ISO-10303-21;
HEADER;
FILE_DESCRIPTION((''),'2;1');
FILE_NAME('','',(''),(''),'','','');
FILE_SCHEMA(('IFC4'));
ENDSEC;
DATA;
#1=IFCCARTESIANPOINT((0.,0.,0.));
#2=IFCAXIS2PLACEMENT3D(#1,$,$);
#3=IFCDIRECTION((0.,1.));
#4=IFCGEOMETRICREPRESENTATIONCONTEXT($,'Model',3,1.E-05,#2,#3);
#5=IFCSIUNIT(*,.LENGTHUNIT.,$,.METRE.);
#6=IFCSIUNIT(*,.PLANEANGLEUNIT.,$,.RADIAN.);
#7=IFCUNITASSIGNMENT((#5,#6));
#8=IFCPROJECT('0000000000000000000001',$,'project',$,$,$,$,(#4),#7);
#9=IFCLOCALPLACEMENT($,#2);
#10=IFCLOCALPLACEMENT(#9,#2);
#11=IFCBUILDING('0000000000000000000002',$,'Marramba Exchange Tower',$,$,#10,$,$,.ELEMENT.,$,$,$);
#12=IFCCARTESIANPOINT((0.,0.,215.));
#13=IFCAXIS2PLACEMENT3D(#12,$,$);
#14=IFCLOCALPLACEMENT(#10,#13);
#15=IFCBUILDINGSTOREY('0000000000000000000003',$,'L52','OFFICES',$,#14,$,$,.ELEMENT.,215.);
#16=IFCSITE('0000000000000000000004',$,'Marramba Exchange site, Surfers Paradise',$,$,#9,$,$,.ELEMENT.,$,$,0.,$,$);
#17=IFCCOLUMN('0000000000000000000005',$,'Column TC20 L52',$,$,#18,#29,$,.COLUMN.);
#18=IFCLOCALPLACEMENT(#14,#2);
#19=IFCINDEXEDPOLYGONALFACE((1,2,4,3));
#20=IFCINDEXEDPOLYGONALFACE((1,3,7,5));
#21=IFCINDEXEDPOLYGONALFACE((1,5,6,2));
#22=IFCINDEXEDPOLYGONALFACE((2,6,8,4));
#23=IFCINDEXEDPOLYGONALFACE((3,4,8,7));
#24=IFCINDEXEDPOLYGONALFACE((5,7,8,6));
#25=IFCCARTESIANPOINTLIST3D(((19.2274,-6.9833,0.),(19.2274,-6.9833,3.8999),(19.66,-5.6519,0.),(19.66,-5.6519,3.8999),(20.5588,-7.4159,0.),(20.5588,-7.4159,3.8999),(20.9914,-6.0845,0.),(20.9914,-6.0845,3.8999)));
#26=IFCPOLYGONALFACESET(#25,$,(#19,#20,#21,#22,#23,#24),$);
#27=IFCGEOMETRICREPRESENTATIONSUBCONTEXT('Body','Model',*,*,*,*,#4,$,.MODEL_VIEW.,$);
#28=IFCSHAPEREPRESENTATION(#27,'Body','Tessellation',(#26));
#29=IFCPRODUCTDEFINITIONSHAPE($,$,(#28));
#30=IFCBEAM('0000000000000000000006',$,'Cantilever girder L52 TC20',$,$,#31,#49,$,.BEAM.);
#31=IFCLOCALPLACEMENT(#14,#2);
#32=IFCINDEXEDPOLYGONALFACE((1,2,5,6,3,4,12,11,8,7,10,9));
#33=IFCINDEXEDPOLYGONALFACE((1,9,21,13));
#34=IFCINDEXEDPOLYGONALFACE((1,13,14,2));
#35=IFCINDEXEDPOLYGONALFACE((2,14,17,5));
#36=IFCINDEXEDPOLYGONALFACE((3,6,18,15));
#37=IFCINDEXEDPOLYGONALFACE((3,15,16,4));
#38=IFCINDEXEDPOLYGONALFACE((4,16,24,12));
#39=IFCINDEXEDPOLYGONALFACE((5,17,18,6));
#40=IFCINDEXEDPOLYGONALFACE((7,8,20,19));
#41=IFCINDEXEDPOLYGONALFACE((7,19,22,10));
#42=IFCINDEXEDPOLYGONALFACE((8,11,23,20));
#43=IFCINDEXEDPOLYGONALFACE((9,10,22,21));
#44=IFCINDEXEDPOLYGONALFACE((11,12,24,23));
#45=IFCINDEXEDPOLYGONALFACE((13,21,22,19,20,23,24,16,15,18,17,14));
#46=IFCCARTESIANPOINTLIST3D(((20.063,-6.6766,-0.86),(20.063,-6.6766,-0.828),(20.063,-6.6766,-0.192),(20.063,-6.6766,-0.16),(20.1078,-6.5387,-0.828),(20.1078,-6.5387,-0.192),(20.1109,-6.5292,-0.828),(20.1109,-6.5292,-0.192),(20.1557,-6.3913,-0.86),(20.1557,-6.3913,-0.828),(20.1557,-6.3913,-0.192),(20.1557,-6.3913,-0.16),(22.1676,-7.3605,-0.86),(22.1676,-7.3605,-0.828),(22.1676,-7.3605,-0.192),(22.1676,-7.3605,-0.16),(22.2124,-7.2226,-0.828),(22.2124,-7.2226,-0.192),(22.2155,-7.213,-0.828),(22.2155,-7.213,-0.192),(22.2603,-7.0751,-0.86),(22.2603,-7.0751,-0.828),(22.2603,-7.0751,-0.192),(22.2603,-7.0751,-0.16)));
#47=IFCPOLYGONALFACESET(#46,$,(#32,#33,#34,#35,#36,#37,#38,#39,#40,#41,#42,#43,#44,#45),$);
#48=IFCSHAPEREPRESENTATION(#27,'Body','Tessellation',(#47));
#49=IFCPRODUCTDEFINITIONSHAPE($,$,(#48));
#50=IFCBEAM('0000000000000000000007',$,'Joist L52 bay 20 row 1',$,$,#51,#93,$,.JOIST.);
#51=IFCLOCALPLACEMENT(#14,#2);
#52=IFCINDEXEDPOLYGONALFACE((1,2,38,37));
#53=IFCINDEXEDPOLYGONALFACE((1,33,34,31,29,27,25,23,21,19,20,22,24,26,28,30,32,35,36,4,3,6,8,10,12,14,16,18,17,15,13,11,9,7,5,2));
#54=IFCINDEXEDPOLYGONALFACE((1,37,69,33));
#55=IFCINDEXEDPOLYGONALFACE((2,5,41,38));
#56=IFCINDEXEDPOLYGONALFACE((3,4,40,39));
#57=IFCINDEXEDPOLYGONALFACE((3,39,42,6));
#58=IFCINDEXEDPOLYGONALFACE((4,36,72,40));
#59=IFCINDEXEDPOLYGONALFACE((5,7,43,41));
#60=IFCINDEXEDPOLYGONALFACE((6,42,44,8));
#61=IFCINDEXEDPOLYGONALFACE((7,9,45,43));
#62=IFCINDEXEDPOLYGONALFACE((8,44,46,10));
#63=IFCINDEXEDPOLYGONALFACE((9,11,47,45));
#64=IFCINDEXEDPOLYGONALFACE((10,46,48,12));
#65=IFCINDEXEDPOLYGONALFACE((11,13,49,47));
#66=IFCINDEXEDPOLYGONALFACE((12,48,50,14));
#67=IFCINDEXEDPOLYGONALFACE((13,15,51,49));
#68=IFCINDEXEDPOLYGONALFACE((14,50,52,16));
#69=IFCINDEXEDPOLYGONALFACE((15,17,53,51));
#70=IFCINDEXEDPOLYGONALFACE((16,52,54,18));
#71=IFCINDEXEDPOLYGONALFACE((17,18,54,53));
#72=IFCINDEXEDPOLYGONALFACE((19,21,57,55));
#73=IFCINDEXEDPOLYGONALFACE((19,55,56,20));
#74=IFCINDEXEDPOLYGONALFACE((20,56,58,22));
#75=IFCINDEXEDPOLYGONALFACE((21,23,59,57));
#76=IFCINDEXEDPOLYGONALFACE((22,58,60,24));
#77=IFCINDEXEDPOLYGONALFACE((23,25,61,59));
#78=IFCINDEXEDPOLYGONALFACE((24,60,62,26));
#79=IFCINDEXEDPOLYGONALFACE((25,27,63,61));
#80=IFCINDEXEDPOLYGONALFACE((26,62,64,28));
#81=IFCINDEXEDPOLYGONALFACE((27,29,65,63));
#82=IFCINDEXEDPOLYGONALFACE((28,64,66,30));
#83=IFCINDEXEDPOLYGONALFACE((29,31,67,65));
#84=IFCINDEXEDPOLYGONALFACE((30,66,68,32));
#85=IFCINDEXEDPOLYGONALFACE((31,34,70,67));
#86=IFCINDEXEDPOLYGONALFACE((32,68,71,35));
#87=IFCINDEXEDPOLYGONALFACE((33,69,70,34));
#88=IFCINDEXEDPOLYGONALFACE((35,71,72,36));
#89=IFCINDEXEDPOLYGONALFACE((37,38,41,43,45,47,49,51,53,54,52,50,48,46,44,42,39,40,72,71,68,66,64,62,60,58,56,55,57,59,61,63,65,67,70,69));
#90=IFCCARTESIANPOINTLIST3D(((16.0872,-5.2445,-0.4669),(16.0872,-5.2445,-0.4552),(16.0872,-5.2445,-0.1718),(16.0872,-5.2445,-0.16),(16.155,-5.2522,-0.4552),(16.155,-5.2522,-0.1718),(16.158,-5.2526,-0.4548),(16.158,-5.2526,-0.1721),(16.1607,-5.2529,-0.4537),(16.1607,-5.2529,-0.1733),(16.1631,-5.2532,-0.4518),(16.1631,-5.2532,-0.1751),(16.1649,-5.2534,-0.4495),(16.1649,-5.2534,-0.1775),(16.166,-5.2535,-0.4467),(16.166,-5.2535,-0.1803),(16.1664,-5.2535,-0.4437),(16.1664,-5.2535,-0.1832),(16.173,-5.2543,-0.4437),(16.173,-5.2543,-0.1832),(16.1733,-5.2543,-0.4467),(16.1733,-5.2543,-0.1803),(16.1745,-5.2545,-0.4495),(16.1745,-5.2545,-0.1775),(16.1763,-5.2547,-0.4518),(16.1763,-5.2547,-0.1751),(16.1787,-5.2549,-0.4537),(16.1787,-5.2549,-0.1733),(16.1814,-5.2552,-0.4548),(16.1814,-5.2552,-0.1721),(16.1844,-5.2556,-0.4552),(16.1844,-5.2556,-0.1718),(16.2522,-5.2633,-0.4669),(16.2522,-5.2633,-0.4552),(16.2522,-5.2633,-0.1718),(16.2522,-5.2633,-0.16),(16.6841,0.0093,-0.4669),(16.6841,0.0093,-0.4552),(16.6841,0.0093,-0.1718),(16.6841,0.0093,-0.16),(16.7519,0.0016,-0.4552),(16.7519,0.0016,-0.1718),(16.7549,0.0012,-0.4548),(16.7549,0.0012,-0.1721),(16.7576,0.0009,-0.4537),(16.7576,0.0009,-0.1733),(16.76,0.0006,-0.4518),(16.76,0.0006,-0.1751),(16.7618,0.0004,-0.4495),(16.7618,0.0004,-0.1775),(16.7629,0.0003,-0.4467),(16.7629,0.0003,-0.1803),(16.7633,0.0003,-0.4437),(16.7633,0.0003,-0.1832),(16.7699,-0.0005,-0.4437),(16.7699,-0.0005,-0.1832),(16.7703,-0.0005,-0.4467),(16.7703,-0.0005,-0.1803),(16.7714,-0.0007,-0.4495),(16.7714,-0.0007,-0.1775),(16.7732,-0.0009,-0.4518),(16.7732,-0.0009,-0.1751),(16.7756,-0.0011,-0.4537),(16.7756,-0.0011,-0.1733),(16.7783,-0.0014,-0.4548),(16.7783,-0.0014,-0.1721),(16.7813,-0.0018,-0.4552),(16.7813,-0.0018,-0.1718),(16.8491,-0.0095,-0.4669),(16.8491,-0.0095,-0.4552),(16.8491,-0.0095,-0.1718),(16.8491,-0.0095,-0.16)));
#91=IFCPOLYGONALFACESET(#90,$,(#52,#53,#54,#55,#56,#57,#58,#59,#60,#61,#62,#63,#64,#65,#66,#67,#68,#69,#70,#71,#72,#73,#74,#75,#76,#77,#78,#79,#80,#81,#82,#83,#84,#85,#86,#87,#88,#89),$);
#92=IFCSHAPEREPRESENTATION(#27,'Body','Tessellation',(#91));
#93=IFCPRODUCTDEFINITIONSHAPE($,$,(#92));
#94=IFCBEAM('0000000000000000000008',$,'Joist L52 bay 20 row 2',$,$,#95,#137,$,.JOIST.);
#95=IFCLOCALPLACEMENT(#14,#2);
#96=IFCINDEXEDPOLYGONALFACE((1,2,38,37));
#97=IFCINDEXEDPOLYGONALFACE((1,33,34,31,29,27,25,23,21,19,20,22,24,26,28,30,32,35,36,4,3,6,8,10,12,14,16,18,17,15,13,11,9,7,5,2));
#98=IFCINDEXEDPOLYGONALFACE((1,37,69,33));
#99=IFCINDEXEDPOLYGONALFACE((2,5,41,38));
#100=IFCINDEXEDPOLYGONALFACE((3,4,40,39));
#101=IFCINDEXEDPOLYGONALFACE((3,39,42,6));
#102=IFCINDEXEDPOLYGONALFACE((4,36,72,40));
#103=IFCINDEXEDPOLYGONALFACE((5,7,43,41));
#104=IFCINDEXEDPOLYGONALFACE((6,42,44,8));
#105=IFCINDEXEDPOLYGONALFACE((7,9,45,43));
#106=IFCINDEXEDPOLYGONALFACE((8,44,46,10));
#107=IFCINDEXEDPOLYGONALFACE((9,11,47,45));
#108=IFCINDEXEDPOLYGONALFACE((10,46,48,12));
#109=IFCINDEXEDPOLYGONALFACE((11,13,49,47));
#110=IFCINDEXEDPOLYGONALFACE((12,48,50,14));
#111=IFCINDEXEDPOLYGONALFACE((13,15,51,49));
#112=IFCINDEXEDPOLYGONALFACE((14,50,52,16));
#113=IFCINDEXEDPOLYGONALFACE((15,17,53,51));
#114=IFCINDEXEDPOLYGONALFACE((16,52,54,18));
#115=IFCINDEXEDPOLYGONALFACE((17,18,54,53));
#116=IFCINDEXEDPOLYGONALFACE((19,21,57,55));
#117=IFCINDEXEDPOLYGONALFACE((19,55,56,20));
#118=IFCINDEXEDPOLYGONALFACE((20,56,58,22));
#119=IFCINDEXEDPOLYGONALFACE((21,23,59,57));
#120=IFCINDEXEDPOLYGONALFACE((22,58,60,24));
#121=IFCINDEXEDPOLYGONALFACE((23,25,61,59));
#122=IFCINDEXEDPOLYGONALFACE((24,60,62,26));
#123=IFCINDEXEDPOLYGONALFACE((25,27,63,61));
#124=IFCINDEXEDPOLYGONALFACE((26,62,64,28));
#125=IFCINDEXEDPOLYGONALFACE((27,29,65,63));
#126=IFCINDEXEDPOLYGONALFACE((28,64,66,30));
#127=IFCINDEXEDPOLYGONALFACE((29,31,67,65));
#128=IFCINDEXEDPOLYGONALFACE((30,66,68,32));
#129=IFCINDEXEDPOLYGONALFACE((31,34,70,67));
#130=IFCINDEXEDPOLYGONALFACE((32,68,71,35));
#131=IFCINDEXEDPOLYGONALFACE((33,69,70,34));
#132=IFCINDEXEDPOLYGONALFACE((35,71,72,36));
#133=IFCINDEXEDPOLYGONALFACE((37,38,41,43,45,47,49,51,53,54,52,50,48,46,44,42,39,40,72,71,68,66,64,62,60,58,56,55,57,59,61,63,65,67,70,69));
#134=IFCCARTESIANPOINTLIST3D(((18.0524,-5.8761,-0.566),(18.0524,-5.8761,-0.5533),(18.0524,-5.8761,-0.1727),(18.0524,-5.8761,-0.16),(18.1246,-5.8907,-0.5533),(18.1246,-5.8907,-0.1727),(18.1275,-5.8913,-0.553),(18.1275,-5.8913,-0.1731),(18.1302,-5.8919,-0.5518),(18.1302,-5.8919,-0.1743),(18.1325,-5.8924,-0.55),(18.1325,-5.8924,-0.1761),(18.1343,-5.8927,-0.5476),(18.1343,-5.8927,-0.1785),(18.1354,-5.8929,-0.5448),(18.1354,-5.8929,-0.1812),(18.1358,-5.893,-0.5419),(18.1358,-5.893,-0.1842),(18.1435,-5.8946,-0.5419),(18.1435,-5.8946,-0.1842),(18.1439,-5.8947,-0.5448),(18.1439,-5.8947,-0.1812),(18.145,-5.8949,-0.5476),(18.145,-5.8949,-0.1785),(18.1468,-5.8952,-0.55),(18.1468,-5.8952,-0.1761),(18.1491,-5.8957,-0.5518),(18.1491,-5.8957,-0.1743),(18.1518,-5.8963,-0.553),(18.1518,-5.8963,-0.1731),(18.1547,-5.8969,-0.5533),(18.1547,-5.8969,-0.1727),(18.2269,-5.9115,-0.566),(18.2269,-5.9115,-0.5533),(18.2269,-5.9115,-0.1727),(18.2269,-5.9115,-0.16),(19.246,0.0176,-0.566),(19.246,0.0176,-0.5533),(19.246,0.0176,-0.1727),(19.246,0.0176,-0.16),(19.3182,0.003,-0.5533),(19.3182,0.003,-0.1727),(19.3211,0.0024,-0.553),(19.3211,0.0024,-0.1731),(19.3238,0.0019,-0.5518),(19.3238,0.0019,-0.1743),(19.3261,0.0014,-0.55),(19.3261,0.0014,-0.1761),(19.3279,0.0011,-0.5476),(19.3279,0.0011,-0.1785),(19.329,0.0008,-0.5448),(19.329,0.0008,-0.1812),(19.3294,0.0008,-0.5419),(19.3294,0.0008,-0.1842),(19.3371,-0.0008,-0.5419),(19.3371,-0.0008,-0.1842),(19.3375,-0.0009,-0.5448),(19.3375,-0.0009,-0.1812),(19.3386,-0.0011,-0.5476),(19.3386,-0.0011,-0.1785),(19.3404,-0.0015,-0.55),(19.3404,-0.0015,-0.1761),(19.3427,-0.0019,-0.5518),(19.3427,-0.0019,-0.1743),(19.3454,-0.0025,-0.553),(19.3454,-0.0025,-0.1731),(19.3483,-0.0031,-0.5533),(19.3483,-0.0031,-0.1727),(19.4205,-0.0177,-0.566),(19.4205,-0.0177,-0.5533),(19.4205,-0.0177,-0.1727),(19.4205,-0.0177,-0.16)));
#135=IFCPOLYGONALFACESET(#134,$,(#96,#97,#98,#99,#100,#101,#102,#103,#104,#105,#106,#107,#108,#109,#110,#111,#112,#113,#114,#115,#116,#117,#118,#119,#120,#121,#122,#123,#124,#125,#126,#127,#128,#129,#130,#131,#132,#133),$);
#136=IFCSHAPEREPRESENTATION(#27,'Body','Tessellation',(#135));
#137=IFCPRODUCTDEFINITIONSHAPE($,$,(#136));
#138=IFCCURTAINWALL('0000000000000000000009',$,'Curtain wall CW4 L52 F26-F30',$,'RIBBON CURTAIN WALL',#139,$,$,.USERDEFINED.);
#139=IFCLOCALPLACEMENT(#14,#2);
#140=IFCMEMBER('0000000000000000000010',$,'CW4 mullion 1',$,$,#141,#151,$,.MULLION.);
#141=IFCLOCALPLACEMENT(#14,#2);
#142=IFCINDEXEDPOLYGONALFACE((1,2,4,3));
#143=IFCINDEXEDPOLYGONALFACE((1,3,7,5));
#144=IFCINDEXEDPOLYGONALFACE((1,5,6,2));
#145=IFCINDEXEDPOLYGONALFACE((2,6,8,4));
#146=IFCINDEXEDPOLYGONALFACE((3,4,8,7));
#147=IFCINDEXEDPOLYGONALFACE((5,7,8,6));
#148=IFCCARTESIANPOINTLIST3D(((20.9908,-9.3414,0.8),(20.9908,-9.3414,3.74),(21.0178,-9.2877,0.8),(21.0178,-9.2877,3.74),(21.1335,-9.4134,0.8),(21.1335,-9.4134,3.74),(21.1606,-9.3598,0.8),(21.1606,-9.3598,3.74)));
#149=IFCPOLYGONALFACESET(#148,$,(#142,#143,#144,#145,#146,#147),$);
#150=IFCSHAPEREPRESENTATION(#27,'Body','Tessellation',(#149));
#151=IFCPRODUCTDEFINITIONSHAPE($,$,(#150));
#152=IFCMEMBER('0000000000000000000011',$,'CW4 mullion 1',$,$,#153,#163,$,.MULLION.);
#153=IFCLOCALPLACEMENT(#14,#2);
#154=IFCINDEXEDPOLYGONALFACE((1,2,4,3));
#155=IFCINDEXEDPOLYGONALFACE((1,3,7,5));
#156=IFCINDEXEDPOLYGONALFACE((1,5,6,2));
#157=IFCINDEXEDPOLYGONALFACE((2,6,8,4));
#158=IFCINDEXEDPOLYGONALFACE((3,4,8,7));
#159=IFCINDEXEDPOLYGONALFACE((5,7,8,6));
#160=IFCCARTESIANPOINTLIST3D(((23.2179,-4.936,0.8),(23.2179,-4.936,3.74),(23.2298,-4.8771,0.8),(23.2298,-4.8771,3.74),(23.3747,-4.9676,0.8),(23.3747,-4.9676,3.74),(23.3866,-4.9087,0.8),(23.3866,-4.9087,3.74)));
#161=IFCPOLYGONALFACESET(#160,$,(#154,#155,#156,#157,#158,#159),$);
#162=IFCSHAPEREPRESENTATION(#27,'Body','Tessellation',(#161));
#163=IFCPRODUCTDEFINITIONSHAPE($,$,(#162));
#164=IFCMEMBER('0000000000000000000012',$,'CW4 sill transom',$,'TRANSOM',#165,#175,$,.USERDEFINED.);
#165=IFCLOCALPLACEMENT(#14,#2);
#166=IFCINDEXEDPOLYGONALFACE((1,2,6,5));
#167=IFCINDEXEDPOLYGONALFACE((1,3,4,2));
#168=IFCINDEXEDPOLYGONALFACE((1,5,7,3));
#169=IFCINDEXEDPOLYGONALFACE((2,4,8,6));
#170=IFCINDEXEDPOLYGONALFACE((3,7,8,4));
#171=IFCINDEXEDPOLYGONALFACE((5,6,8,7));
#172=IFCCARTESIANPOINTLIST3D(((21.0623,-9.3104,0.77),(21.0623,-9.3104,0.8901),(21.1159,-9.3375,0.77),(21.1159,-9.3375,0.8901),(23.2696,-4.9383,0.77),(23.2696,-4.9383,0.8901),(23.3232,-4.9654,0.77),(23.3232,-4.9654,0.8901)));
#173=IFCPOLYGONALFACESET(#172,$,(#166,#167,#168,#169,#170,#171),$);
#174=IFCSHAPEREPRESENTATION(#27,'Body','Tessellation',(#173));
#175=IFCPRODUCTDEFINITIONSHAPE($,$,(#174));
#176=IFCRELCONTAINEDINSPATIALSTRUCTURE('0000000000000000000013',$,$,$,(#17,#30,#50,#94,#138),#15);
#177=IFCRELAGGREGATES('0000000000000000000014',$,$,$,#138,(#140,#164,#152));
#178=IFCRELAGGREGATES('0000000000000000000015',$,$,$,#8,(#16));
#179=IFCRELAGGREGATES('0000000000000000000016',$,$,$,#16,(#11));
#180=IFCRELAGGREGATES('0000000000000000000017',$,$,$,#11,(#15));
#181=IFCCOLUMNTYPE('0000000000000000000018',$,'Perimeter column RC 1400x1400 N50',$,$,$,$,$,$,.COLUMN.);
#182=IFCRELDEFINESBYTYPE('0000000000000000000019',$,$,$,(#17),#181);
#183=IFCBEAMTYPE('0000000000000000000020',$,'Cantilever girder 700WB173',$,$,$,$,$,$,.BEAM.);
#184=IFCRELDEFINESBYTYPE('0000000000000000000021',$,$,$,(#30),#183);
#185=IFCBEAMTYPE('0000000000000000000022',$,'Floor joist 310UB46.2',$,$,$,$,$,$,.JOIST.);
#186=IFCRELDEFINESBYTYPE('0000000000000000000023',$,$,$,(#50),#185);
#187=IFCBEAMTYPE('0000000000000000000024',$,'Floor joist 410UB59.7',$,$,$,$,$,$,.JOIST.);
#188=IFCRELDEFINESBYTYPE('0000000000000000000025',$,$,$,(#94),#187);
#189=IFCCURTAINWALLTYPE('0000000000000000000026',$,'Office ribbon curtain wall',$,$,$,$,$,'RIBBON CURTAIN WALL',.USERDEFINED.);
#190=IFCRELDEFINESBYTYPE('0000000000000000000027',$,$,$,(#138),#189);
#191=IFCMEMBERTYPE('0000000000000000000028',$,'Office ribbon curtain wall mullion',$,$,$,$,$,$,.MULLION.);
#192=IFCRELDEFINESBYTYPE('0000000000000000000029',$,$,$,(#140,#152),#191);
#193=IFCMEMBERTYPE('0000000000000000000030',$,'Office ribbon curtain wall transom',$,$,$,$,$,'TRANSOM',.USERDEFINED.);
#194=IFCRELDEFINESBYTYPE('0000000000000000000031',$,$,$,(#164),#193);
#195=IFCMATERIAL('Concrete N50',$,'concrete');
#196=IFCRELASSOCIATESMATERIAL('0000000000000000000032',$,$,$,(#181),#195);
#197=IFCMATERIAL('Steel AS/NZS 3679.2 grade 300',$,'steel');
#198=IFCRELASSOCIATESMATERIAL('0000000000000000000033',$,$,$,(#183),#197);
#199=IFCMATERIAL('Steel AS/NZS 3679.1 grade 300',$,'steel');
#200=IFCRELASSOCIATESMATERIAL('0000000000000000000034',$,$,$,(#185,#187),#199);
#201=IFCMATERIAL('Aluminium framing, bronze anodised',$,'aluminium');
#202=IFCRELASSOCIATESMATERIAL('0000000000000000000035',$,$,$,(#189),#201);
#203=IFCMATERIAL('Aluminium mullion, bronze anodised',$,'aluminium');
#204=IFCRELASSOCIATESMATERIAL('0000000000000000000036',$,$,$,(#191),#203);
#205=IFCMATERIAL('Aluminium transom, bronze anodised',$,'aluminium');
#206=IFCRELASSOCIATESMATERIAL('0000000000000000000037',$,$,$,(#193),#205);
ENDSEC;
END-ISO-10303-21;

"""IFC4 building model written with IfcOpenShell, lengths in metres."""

from ifc_helpers import new_model, si_unit, direction, frame, origin, origin_2d, place, context, subcontext, project, spatial, rectangle, i_section, extrude, material, material_profile, profile_set, type_object, element, aggregate, save


model = new_model("IFC4")

# Units and contexts
model_context = context("Model", 3, precision=1e-05, world=origin(), true_north=direction((0.0, 1.0)))
body_context = subcontext(model_context, "Body", "Model", "MODEL_VIEW")
ifc_project = project(units=[si_unit("LENGTHUNIT", "METRE"), si_unit("PLANEANGLEUNIT", "RADIAN")], contexts=[model_context])

# Site, building, storey
site_placement = place(None, origin())
site = spatial("IfcSite", under=ifc_project, at=site_placement, Name="Marramba Exchange site, Surfers Paradise", CompositionType="ELEMENT", RefElevation=0.0)
building_placement = place(site_placement, origin())
building = spatial("IfcBuilding", under=site, at=building_placement, Name="Marramba Exchange Tower", CompositionType="ELEMENT")
storey_placement = place(building_placement, frame((0.0, 0.0, 215.0)))
storey = spatial("IfcBuildingStorey", under=building, at=storey_placement, Name="L52", Description="OFFICES", CompositionType="ELEMENT", Elevation=215.0)

# Column
ifc_material_1 = material(Name="Concrete N50", Category="concrete")
ifc_material_profile_1 = material_profile(ifc_material_1, rectangle(XDim=1.3999, YDim=1.3999, at=origin_2d()), Name="RC 1400x1400")
ifc_profile_set_1 = profile_set([ifc_material_profile_1], Name="Concrete N50")
column_type = type_object("IfcColumnType", Name="Perimeter column RC 1400x1400 N50", PredefinedType="COLUMN", material=ifc_profile_set_1)
column_placement = place(storey_placement, frame((20.1094, -6.5339, 0.0), z_axis=(0.0, 0.0, 1.0), x_axis=(0.951057, -0.309017, 0.0)))
element("IfcColumn", 1, at=column_placement, inside=storey, type_object=column_type, Name="Column TC20 L52", PredefinedType="COLUMN", context=body_context, shape_type="SweptSolid", body=[
    extrude(rectangle(XDim=1.3999, YDim=1.3999, at=origin_2d()), origin(), (0.0, 0.0, 1.0), 3.8999),
])

# Beams
ifc_material_2 = material(Name="Steel AS/NZS 3679.2 grade 300", Category="steel")
ifc_material_profile_2 = material_profile(ifc_material_2, i_section(OverallWidth=0.3, OverallDepth=0.7, WebThickness=0.01, FlangeThickness=0.032, at=origin_2d()), Name="700WB173")
ifc_profile_set_2 = profile_set([ifc_material_profile_2], Name="Steel AS/NZS 3679.2 grade 300")
beam_type_1 = type_object("IfcBeamType", Name="Cantilever girder 700WB173", PredefinedType="BEAM", material=ifc_profile_set_2)
beam_1_placement = place(storey_placement, frame((20.1094, -6.5339, -0.51), z_axis=(0.95105, -0.309036, 0.0), x_axis=(0.309036, 0.95105, 0.0)))
element("IfcBeam", 2, at=beam_1_placement, inside=storey, type_object=beam_type_1, Name="Cantilever girder L52 TC20", PredefinedType="BEAM", context=body_context, shape_type="SweptSolid", body=[
    extrude(i_section(OverallWidth=0.3, OverallDepth=0.7, WebThickness=0.01, FlangeThickness=0.032, at=origin_2d()), origin(), (0.0, 0.0, 1.0), 2.2129),
])
ifc_material_3 = material(Name="Steel AS/NZS 3679.1 grade 300", Category="steel")
ifc_material_profile_3 = material_profile(ifc_material_3, i_section(OverallWidth=0.166, OverallDepth=0.3069, WebThickness=0.0066, FlangeThickness=0.0117, FilletRadius=0.0115, at=origin_2d()), Name="310UB46.2")
ifc_profile_set_3 = profile_set([ifc_material_profile_3], Name="Steel AS/NZS 3679.1 grade 300")
beam_type_2 = type_object("IfcBeamType", Name="Floor joist 310UB46.2", PredefinedType="JOIST", material=ifc_profile_set_3)
beam_2_placement = place(storey_placement, frame((16.1697, -5.2539, -0.3135), z_axis=(0.112889, 0.993608, 0.0), x_axis=(-0.993608, 0.112889, 0.0)))
element("IfcBeam", 3, at=beam_2_placement, inside=storey, type_object=beam_type_2, Name="Joist L52 bay 20 row 1", PredefinedType="JOIST", context=body_context, shape_type="SweptSolid", body=[
    extrude(i_section(OverallWidth=0.166, OverallDepth=0.3069, WebThickness=0.0066, FlangeThickness=0.0117, FilletRadius=0.0115, at=origin_2d()), origin(), (0.0, 0.0, 1.0), 5.2876),
])
ifc_material_profile_4 = material_profile(ifc_material_3, i_section(OverallWidth=0.178, OverallDepth=0.406, WebThickness=0.0078, FlangeThickness=0.0127, FilletRadius=0.0115, at=origin_2d()), Name="410UB59.7")
ifc_profile_set_4 = profile_set([ifc_material_profile_4], Name="Steel AS/NZS 3679.1 grade 300")
beam_type_3 = type_object("IfcBeamType", Name="Floor joist 410UB59.7", PredefinedType="JOIST", material=ifc_profile_set_4)
beam_3_placement = place(storey_placement, frame((18.1396, -5.8938, -0.363), z_axis=(0.198489, 0.980103, 0.0), x_axis=(-0.980103, 0.198489, 0.0)))
element("IfcBeam", 4, at=beam_3_placement, inside=storey, type_object=beam_type_3, Name="Joist L52 bay 20 row 2", PredefinedType="JOIST", context=body_context, shape_type="SweptSolid", body=[
    extrude(i_section(OverallWidth=0.178, OverallDepth=0.406, WebThickness=0.0078, FlangeThickness=0.0127, FilletRadius=0.0115, at=origin_2d()), origin(), (0.0, 0.0, 1.0), 6.0134),
])

# Curtain wall, members
ifc_material_4 = material(Name="Aluminium framing, bronze anodised", Category="aluminium")
curtain_wall_type = type_object("IfcCurtainWallType", Name="Office ribbon curtain wall", ElementType="RIBBON CURTAIN WALL", PredefinedType="USERDEFINED", material=ifc_material_4)
curtain_wall_placement = place(storey_placement, origin())
curtain_wall = element("IfcCurtainWall", 5, at=curtain_wall_placement, inside=storey, type_object=curtain_wall_type, Name="Curtain wall CW4 L52 F26-F30", ObjectType="RIBBON CURTAIN WALL", PredefinedType="USERDEFINED")
ifc_material_5 = material(Name="Aluminium mullion, bronze anodised", Category="aluminium")
ifc_material_profile_5 = material_profile(ifc_material_5, rectangle(XDim=0.1599, YDim=0.0601, at=origin_2d()), Name="CW4 mullion 60x160")
ifc_profile_set_5 = profile_set([ifc_material_profile_5], Name="Aluminium mullion, bronze anodised")
member_type_1 = type_object("IfcMemberType", Name="Office ribbon curtain wall mullion", PredefinedType="MULLION", material=ifc_profile_set_5)
member_1_placement = place(storey_placement, frame((21.0757, -9.3506, 0.8), z_axis=(0.0, 0.0, 1.0), x_axis=(-0.892689, 0.450673, 0.0)))
member_1 = element("IfcMember", 6, at=member_1_placement, type_object=member_type_1, Name="CW4 mullion 1", PredefinedType="MULLION", context=body_context, shape_type="SweptSolid", body=[
    extrude(rectangle(XDim=0.1599, YDim=0.0601, at=origin_2d()), origin(), (0.0, 0.0, 1.0), 2.9399),
])
member_2_placement = place(storey_placement, frame((23.3022, -4.9224, 0.8), z_axis=(0.0, 0.0, 1.0), x_axis=(-0.980304, 0.197495, 0.0)))
member_2 = element("IfcMember", 7, at=member_2_placement, type_object=member_type_1, Name="CW4 mullion 1", PredefinedType="MULLION", context=body_context, shape_type="SweptSolid", body=[
    extrude(rectangle(XDim=0.1599, YDim=0.0601, at=origin_2d()), origin(), (0.0, 0.0, 1.0), 2.9399),
])
ifc_material_6 = material(Name="Aluminium transom, bronze anodised", Category="aluminium")
ifc_material_profile_6 = material_profile(ifc_material_6, rectangle(XDim=0.0601, YDim=0.1201, at=origin_2d()), Name="CW4 transom 60x120")
ifc_profile_set_6 = profile_set([ifc_material_profile_6], Name="Aluminium transom, bronze anodised")
member_type_2 = type_object("IfcMemberType", Name="Office ribbon curtain wall transom", ElementType="TRANSOM", PredefinedType="USERDEFINED", material=ifc_profile_set_6)
member_3_placement = place(storey_placement, frame((21.0891, -9.324, 0.8301), z_axis=(0.45068, 0.892686, 0.0), x_axis=(-0.892686, 0.45068, 0.0)))
member_3 = element("IfcMember", 8, at=member_3_placement, type_object=member_type_2, Name="CW4 sill transom", ObjectType="TRANSOM", PredefinedType="USERDEFINED", context=body_context, shape_type="SweptSolid", body=[
    extrude(rectangle(XDim=0.0601, YDim=0.1201, at=origin_2d()), origin(), (0.0, 0.0, 1.0), 4.8977),
])

aggregate(curtain_wall, [member_1, member_3, member_2])

save(model, "model.ifc")
